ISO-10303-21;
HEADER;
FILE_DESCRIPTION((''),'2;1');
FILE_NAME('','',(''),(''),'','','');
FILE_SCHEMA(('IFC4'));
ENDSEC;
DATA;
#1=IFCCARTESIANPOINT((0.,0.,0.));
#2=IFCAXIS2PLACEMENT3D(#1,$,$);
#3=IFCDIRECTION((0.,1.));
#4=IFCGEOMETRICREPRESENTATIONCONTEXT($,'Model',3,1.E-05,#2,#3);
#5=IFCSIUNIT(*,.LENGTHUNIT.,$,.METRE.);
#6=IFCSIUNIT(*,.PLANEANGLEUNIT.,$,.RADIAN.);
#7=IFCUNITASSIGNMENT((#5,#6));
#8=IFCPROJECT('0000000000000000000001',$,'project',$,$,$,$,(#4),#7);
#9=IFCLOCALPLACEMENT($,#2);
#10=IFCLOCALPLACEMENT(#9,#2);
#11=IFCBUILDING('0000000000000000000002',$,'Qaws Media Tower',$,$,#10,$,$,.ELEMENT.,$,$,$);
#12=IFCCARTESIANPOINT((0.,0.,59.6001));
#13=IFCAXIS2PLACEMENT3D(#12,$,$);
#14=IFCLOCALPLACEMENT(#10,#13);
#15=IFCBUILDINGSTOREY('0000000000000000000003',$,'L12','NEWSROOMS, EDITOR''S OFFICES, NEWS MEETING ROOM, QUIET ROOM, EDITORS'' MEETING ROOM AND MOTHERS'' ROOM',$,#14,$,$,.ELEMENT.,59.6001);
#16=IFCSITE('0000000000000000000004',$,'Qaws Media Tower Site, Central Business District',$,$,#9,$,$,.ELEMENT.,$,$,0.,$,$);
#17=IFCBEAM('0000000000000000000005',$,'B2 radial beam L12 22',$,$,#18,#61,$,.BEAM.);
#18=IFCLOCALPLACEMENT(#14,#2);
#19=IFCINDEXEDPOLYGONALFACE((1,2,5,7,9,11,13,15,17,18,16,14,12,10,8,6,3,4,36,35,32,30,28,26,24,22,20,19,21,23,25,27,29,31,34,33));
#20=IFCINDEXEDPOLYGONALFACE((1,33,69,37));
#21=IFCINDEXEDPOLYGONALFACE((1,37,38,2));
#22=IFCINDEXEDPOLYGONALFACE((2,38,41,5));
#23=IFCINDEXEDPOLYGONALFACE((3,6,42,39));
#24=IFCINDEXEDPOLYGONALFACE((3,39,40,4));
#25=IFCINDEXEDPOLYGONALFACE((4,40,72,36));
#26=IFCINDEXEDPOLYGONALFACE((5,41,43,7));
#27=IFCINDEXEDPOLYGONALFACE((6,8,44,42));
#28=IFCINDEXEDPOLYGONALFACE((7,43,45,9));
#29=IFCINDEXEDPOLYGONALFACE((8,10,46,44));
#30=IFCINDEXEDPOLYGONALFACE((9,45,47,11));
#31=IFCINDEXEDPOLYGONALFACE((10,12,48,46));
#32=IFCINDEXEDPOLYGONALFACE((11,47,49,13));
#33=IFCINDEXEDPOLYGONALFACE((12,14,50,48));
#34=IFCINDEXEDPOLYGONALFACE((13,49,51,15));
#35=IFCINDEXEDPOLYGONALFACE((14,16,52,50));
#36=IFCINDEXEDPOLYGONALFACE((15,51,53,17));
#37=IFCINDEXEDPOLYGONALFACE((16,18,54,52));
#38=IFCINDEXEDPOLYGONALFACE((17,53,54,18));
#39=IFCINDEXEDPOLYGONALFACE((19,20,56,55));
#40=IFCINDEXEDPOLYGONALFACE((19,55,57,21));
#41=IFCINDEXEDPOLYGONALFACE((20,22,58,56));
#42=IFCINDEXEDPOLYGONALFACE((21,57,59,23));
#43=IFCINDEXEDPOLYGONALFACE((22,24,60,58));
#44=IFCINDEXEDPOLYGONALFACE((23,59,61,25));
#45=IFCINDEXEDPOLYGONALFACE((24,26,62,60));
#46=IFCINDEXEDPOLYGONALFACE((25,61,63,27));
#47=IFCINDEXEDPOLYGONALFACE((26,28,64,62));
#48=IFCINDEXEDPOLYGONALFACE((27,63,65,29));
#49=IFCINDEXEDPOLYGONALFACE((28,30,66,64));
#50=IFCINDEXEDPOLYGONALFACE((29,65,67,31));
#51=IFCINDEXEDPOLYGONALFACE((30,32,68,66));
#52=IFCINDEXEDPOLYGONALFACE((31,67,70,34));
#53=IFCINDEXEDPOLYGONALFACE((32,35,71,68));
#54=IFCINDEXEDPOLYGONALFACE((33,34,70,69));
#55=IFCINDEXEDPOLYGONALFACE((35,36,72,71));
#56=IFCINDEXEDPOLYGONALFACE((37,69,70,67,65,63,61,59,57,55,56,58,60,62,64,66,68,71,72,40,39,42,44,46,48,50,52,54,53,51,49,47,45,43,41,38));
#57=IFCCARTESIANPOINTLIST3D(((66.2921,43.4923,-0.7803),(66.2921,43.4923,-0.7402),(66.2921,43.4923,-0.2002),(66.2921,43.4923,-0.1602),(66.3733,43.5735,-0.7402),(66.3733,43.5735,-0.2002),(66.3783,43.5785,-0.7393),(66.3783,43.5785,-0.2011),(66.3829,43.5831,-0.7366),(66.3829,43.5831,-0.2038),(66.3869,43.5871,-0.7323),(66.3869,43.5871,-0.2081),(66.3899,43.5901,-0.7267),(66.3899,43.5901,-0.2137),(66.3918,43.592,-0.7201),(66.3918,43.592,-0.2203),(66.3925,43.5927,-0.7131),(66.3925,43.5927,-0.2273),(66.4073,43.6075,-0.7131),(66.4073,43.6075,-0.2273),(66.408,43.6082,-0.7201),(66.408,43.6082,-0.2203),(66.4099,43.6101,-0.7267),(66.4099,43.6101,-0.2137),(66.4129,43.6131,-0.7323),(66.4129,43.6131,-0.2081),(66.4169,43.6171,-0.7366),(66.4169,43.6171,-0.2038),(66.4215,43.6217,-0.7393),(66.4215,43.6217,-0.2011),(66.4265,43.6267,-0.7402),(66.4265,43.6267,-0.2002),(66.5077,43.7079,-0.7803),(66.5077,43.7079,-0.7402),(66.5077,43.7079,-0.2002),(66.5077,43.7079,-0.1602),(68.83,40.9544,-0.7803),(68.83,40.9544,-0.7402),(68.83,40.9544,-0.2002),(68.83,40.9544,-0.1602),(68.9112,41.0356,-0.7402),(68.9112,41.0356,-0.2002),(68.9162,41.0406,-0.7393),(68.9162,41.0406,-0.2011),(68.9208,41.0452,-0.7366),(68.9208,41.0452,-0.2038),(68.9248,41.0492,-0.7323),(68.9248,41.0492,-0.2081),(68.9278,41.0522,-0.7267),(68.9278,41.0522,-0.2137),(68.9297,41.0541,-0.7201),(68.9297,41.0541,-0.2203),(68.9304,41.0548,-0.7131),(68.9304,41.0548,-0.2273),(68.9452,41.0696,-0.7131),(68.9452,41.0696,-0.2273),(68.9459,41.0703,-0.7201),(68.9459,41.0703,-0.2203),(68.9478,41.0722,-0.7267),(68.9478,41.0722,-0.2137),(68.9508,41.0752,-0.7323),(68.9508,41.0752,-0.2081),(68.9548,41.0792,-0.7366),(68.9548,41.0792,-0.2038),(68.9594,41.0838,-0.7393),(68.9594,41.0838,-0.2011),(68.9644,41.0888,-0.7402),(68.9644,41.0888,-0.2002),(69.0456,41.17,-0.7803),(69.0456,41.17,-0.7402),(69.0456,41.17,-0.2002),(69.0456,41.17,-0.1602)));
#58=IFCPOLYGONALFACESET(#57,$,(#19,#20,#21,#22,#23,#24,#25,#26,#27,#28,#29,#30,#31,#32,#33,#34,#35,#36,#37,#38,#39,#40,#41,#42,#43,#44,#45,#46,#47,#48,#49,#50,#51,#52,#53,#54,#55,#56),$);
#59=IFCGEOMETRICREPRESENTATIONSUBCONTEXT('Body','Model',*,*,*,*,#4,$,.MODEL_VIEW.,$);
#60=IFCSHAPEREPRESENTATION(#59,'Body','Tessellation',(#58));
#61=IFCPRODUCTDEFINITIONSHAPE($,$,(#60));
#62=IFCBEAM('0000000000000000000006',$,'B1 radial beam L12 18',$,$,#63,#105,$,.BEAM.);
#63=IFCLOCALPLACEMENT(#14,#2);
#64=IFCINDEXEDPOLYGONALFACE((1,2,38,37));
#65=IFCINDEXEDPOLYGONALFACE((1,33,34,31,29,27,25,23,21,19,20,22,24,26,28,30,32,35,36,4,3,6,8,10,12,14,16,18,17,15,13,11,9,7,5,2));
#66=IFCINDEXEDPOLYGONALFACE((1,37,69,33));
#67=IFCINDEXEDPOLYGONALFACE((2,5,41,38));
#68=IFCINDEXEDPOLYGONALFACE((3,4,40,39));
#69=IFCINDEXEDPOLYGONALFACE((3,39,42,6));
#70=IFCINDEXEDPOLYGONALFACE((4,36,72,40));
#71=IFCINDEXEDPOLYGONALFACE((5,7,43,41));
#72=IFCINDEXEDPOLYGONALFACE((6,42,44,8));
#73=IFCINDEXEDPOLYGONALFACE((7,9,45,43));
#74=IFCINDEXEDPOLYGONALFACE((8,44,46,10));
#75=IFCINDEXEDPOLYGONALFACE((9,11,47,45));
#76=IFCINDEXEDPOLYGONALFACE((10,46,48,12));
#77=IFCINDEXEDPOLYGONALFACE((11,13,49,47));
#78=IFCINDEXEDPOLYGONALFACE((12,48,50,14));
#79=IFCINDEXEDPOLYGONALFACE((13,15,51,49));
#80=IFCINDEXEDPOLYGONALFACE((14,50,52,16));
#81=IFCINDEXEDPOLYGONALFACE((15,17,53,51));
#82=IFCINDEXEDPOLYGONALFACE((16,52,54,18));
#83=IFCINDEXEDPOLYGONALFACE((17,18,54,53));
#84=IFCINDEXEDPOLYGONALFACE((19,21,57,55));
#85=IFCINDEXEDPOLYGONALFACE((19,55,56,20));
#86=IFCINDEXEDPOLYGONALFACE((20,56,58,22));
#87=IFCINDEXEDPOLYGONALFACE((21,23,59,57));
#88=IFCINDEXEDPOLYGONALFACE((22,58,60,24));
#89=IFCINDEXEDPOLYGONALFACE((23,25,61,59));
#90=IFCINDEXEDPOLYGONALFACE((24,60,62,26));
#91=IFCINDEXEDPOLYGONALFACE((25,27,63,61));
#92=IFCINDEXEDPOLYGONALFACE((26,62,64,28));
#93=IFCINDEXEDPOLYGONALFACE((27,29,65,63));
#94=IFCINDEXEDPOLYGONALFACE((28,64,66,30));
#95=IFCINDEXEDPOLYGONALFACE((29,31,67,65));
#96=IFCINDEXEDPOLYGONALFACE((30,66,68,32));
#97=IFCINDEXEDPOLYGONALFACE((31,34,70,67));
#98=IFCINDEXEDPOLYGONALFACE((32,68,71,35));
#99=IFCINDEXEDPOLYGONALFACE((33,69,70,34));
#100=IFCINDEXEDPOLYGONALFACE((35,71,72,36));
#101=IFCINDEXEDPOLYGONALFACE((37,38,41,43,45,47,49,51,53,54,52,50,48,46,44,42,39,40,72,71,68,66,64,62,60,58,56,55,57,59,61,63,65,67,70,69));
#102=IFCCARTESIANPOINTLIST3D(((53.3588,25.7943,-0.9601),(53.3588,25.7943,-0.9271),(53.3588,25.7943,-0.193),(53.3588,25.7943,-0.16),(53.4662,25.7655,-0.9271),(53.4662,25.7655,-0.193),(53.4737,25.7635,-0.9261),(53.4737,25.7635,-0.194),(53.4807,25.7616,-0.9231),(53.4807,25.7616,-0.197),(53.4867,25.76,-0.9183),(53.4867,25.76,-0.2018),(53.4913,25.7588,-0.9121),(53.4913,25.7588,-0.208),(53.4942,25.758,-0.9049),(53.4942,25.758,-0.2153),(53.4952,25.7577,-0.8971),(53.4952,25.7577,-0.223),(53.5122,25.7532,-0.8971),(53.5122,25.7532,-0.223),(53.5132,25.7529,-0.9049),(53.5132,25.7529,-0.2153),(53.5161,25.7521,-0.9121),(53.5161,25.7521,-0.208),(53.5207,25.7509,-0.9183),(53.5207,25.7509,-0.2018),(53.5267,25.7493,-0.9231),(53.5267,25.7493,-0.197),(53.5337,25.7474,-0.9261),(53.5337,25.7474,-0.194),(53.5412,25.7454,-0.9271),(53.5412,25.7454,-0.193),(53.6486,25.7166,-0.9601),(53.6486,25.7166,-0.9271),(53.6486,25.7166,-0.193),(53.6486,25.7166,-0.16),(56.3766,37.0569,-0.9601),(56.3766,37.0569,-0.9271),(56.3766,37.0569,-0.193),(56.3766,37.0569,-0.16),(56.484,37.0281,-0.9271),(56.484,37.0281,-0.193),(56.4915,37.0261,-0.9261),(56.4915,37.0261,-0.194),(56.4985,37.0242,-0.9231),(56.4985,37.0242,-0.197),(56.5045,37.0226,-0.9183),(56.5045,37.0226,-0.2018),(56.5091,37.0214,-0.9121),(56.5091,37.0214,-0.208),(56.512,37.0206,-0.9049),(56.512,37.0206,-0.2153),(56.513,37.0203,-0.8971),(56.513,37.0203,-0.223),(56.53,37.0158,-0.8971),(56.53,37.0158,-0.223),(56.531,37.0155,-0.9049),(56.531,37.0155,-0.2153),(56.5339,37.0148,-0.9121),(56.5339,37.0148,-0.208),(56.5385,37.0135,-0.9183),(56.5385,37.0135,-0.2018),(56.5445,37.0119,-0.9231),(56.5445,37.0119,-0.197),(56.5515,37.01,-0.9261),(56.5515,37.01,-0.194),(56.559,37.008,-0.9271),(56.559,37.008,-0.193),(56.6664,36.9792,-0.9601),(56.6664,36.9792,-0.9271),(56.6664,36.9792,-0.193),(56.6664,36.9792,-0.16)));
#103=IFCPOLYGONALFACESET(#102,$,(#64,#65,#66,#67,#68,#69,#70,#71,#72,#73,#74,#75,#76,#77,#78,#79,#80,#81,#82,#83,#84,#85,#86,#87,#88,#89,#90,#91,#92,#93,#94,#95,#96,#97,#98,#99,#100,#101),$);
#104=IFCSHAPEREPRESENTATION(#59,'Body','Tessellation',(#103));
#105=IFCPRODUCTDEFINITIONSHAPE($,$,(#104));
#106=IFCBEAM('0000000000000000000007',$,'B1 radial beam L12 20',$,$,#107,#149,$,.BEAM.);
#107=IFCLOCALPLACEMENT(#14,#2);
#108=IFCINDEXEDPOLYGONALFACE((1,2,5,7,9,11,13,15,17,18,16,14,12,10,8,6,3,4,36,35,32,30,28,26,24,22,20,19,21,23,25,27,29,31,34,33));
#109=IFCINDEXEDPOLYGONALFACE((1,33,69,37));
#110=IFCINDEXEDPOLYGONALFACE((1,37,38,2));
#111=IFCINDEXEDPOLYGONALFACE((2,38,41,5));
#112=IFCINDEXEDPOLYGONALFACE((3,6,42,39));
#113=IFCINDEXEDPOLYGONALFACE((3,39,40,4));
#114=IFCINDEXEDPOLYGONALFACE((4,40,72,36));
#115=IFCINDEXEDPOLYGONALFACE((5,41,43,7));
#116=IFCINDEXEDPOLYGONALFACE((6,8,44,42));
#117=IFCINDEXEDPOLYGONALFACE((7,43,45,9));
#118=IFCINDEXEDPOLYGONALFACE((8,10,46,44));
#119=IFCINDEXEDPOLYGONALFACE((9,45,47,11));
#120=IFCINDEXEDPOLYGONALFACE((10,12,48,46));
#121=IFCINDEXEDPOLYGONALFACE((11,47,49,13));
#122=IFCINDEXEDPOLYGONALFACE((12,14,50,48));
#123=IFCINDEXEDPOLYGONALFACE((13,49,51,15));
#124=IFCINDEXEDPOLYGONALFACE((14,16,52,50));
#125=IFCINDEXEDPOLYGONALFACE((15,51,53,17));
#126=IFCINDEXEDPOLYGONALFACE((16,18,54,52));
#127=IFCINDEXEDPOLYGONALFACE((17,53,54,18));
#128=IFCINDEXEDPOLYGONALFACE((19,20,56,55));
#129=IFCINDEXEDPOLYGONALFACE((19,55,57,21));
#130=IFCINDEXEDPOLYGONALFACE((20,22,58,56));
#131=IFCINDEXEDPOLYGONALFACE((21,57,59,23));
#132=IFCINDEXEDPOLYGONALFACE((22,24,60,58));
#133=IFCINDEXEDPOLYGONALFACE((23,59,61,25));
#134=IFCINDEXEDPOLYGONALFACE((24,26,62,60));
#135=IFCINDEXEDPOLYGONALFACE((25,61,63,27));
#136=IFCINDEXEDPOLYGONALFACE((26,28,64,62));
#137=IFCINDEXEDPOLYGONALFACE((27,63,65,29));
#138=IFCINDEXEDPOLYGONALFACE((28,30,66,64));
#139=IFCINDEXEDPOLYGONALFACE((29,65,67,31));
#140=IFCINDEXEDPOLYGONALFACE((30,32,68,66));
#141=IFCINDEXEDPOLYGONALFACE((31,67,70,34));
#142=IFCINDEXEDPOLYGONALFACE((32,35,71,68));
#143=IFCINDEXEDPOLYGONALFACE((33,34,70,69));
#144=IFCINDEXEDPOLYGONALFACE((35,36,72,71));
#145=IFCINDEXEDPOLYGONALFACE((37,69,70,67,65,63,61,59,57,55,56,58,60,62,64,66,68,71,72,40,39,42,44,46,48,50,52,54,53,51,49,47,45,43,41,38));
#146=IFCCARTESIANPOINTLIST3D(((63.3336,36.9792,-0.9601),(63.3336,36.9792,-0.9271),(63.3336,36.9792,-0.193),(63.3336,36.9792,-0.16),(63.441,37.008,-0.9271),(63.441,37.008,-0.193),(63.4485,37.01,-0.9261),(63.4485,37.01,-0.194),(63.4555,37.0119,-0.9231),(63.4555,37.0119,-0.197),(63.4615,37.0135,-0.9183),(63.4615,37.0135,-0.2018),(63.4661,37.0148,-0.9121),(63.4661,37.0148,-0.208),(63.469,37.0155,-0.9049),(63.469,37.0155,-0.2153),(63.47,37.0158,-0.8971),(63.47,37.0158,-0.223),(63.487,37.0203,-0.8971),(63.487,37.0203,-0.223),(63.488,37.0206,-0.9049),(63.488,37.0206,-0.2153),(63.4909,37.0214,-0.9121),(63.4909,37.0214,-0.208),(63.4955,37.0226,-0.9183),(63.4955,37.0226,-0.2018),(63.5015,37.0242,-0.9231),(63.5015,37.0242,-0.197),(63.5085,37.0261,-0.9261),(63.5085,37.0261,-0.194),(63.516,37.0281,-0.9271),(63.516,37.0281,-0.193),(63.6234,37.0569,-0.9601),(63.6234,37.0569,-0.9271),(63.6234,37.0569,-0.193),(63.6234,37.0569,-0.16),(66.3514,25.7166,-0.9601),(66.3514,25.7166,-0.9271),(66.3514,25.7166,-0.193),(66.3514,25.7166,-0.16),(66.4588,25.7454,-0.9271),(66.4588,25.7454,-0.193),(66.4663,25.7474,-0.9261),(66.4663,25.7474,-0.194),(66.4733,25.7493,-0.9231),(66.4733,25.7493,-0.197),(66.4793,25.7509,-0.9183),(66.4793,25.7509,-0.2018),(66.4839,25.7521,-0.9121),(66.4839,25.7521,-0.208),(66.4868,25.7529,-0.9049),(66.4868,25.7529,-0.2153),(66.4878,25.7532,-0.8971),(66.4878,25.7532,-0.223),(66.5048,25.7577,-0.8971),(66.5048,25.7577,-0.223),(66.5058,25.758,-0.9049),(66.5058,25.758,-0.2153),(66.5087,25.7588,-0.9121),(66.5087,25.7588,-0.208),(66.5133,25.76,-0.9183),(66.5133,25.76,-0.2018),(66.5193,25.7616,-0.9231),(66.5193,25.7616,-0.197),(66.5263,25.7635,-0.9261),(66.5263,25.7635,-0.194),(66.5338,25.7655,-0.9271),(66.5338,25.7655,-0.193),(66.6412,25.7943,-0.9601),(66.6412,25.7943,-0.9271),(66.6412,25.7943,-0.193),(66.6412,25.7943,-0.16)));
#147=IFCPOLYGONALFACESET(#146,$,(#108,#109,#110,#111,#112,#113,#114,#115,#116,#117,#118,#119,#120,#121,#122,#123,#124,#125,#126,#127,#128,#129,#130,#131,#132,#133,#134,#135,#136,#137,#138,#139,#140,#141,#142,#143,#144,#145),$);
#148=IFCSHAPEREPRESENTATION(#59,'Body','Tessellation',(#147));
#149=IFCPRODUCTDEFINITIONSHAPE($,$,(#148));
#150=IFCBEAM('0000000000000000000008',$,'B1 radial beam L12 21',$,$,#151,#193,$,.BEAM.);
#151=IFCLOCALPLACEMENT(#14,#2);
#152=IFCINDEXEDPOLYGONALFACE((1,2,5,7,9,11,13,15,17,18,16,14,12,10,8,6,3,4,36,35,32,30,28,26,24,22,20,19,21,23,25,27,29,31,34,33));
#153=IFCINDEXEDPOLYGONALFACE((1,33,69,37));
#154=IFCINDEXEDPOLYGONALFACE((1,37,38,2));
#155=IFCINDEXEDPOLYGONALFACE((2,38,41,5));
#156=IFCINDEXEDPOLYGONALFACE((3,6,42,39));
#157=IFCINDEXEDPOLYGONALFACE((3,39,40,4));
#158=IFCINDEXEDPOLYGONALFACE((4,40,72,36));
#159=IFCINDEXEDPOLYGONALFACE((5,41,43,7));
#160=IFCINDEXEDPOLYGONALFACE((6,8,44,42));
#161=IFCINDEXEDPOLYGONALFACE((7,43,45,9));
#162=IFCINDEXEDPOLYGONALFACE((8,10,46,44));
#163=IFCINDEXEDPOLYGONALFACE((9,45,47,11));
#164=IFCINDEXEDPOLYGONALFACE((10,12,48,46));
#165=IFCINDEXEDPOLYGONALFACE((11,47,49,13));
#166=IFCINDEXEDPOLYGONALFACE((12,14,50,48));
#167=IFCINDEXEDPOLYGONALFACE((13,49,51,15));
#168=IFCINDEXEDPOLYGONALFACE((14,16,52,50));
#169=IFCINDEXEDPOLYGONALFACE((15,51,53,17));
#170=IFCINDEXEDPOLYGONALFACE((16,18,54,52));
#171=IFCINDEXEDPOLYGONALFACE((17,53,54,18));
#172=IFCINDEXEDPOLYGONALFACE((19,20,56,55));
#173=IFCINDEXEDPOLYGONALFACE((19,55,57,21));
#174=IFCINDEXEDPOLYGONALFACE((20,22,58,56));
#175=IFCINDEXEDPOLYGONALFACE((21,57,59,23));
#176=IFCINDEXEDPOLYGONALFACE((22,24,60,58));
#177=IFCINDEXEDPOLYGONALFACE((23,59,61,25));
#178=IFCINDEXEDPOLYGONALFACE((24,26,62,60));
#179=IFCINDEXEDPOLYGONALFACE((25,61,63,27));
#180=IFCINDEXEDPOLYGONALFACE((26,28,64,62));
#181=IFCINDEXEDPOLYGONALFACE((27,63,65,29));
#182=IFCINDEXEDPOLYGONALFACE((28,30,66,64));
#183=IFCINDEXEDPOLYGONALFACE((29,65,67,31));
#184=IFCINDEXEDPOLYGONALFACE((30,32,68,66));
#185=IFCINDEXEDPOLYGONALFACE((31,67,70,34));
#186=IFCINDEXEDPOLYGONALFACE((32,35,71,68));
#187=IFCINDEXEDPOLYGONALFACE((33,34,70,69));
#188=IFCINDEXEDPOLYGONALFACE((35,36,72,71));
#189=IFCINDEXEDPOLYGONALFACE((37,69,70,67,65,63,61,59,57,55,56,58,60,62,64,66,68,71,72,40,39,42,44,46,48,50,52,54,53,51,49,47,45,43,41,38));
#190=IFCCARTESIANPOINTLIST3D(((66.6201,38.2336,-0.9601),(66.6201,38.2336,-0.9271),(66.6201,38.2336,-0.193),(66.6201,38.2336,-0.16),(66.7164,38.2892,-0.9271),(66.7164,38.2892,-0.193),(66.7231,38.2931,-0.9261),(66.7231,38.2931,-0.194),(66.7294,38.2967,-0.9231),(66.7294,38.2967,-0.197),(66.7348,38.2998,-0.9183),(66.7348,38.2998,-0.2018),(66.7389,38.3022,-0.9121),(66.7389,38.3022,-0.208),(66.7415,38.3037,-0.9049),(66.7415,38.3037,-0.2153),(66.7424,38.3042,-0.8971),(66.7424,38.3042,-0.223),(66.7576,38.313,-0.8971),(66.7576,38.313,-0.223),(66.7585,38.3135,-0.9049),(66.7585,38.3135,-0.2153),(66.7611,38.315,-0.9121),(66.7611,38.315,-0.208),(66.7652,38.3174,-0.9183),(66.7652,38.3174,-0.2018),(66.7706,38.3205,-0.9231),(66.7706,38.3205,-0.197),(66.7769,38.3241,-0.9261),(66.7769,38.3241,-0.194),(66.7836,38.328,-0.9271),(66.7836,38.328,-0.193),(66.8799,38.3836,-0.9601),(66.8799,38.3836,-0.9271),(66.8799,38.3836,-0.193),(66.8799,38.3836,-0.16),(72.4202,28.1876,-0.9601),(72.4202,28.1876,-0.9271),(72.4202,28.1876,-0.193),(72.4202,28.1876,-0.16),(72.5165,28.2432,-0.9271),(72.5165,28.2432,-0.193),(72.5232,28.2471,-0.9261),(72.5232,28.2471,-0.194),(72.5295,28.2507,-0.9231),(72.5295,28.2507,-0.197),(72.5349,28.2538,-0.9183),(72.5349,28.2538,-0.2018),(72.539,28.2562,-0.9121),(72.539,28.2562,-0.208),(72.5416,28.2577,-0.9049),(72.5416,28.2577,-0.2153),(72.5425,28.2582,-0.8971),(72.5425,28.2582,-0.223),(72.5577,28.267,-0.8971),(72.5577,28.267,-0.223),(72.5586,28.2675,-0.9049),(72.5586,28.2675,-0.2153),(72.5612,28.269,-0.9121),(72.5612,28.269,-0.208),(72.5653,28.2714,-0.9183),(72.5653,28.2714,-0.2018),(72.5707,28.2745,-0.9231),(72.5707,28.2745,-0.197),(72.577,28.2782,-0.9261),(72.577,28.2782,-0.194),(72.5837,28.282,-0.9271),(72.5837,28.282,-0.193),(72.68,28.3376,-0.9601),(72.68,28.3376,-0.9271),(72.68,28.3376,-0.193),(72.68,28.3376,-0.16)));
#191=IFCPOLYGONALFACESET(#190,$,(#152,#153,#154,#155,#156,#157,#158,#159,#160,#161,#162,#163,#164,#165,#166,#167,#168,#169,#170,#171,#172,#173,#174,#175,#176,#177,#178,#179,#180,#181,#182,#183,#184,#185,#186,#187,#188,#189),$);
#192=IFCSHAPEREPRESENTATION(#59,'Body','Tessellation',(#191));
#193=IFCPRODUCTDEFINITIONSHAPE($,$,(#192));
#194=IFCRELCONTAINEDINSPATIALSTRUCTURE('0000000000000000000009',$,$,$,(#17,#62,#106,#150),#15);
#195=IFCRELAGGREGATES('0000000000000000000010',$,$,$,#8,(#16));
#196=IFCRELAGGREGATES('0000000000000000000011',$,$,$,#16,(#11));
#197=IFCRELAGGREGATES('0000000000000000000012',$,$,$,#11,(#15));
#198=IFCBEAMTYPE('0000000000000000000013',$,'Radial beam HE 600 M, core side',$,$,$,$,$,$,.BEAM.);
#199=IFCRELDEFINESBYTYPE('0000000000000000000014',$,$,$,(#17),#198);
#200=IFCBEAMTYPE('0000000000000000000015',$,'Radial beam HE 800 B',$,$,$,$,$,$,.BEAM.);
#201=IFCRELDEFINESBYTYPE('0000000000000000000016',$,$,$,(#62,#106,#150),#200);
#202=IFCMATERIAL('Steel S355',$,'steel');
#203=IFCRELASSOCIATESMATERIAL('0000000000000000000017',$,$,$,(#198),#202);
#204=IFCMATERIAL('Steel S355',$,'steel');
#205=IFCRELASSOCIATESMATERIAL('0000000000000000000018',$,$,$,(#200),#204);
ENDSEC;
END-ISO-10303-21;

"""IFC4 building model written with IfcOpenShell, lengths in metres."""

from ifc_helpers import new_model, si_unit, direction, frame, origin, origin_2d, place, context, subcontext, project, spatial, i_section, extrude, material, material_profile, profile_set, type_object, element, save


model = new_model("IFC4")

# Units and contexts
model_context = context("Model", 3, precision=1e-05, world=origin(), true_north=direction((0.0, 1.0)))
body_context = subcontext(model_context, "Body", "Model", "MODEL_VIEW")
ifc_project = project(units=[si_unit("LENGTHUNIT", "METRE"), si_unit("PLANEANGLEUNIT", "RADIAN")], contexts=[model_context])

# Site, building, storey
site_placement = place(None, origin())
site = spatial("IfcSite", under=ifc_project, at=site_placement, Name="Qaws Media Tower Site, Central Business District", CompositionType="ELEMENT", RefElevation=0.0)
building_placement = place(site_placement, origin())
building = spatial("IfcBuilding", under=site, at=building_placement, Name="Qaws Media Tower", CompositionType="ELEMENT")
storey_placement = place(building_placement, frame((0.0, 0.0, 59.6001)))
storey = spatial("IfcBuildingStorey", under=building, at=storey_placement, Name="L12", Description="NEWSROOMS, EDITOR'S OFFICES, NEWS MEETING ROOM, QUIET ROOM, EDITORS' MEETING ROOM AND MOTHERS' ROOM", CompositionType="ELEMENT", Elevation=59.6001)

# Beams
ifc_material_1 = material(Name="Steel S355", Category="steel")
ifc_material_profile_1 = material_profile(ifc_material_1, i_section(OverallWidth=0.3049, OverallDepth=0.6201, WebThickness=0.021, FlangeThickness=0.04, FilletRadius=0.0271, at=origin_2d()), Name="HE 600 M")
ifc_profile_set_1 = profile_set([ifc_material_profile_1], Name="Steel S355")
beam_type_1 = type_object("IfcBeamType", Name="Radial beam HE 600 M, core side", PredefinedType="BEAM", material=ifc_profile_set_1)
beam_1_placement = place(storey_placement, frame((66.3999, 43.6001, -0.4702), z_axis=(0.707107, -0.707107, 0.0), x_axis=(0.707107, 0.707107, 0.0)))
element("IfcBeam", 1, at=beam_1_placement, inside=storey, type_object=beam_type_1, Name="B2 radial beam L12 22", PredefinedType="BEAM", context=body_context, shape_type="SweptSolid", body=[
    extrude(i_section(OverallWidth=0.3049, OverallDepth=0.6201, WebThickness=0.021, FlangeThickness=0.04, FilletRadius=0.0271, at=origin_2d()), origin(), (0.0, 0.0, 1.0), 3.5891),
])
ifc_material_2 = material(Name="Steel S355", Category="steel")
ifc_material_profile_2 = material_profile(ifc_material_2, i_section(OverallWidth=0.3, OverallDepth=0.8, WebThickness=0.0176, FlangeThickness=0.033, FilletRadius=0.03, at=origin_2d()), Name="HE 800 B")
ifc_profile_set_2 = profile_set([ifc_material_profile_2], Name="Steel S355")
beam_type_2 = type_object("IfcBeamType", Name="Radial beam HE 800 B", PredefinedType="BEAM", material=ifc_profile_set_2)
for number, where, z_axis, x_axis, name in (
    (2, (56.5215, 37.0181, -0.5601), (-0.258818, -0.965926, 0.0), (0.965926, -0.258818, 0.0), "B1 radial beam L12 18"),
    (3, (63.4785, 37.0181, -0.5601), (0.258818, -0.965926, 0.0), (0.965926, 0.258818, 0.0), "B1 radial beam L12 20"),
):
    element("IfcBeam", number, at=place(storey_placement, frame(where, z_axis=z_axis, x_axis=x_axis)), inside=storey, type_object=beam_type_2, Name=name, PredefinedType="BEAM", context=body_context, shape_type="SweptSolid", body=[
        extrude(i_section(OverallWidth=0.3, OverallDepth=0.8, WebThickness=0.0176, FlangeThickness=0.033, FilletRadius=0.03, at=origin_2d()), origin(), (0.0, 0.0, 1.0), 11.6599),
    ])
beam_2_placement = place(storey_placement, frame((66.75, 38.3086, -0.5601), z_axis=(0.500003, -0.866024, 0.0), x_axis=(0.866024, 0.500003, 0.0)))
element("IfcBeam", 4, at=beam_2_placement, inside=storey, type_object=beam_type_2, Name="B1 radial beam L12 21", PredefinedType="BEAM", context=body_context, shape_type="SweptSolid", body=[
    extrude(i_section(OverallWidth=0.3, OverallDepth=0.8, WebThickness=0.0176, FlangeThickness=0.033, FilletRadius=0.03, at=origin_2d()), origin(), (0.0, 0.0, 1.0), 11.6001),
])

save(model, "model.ifc")
